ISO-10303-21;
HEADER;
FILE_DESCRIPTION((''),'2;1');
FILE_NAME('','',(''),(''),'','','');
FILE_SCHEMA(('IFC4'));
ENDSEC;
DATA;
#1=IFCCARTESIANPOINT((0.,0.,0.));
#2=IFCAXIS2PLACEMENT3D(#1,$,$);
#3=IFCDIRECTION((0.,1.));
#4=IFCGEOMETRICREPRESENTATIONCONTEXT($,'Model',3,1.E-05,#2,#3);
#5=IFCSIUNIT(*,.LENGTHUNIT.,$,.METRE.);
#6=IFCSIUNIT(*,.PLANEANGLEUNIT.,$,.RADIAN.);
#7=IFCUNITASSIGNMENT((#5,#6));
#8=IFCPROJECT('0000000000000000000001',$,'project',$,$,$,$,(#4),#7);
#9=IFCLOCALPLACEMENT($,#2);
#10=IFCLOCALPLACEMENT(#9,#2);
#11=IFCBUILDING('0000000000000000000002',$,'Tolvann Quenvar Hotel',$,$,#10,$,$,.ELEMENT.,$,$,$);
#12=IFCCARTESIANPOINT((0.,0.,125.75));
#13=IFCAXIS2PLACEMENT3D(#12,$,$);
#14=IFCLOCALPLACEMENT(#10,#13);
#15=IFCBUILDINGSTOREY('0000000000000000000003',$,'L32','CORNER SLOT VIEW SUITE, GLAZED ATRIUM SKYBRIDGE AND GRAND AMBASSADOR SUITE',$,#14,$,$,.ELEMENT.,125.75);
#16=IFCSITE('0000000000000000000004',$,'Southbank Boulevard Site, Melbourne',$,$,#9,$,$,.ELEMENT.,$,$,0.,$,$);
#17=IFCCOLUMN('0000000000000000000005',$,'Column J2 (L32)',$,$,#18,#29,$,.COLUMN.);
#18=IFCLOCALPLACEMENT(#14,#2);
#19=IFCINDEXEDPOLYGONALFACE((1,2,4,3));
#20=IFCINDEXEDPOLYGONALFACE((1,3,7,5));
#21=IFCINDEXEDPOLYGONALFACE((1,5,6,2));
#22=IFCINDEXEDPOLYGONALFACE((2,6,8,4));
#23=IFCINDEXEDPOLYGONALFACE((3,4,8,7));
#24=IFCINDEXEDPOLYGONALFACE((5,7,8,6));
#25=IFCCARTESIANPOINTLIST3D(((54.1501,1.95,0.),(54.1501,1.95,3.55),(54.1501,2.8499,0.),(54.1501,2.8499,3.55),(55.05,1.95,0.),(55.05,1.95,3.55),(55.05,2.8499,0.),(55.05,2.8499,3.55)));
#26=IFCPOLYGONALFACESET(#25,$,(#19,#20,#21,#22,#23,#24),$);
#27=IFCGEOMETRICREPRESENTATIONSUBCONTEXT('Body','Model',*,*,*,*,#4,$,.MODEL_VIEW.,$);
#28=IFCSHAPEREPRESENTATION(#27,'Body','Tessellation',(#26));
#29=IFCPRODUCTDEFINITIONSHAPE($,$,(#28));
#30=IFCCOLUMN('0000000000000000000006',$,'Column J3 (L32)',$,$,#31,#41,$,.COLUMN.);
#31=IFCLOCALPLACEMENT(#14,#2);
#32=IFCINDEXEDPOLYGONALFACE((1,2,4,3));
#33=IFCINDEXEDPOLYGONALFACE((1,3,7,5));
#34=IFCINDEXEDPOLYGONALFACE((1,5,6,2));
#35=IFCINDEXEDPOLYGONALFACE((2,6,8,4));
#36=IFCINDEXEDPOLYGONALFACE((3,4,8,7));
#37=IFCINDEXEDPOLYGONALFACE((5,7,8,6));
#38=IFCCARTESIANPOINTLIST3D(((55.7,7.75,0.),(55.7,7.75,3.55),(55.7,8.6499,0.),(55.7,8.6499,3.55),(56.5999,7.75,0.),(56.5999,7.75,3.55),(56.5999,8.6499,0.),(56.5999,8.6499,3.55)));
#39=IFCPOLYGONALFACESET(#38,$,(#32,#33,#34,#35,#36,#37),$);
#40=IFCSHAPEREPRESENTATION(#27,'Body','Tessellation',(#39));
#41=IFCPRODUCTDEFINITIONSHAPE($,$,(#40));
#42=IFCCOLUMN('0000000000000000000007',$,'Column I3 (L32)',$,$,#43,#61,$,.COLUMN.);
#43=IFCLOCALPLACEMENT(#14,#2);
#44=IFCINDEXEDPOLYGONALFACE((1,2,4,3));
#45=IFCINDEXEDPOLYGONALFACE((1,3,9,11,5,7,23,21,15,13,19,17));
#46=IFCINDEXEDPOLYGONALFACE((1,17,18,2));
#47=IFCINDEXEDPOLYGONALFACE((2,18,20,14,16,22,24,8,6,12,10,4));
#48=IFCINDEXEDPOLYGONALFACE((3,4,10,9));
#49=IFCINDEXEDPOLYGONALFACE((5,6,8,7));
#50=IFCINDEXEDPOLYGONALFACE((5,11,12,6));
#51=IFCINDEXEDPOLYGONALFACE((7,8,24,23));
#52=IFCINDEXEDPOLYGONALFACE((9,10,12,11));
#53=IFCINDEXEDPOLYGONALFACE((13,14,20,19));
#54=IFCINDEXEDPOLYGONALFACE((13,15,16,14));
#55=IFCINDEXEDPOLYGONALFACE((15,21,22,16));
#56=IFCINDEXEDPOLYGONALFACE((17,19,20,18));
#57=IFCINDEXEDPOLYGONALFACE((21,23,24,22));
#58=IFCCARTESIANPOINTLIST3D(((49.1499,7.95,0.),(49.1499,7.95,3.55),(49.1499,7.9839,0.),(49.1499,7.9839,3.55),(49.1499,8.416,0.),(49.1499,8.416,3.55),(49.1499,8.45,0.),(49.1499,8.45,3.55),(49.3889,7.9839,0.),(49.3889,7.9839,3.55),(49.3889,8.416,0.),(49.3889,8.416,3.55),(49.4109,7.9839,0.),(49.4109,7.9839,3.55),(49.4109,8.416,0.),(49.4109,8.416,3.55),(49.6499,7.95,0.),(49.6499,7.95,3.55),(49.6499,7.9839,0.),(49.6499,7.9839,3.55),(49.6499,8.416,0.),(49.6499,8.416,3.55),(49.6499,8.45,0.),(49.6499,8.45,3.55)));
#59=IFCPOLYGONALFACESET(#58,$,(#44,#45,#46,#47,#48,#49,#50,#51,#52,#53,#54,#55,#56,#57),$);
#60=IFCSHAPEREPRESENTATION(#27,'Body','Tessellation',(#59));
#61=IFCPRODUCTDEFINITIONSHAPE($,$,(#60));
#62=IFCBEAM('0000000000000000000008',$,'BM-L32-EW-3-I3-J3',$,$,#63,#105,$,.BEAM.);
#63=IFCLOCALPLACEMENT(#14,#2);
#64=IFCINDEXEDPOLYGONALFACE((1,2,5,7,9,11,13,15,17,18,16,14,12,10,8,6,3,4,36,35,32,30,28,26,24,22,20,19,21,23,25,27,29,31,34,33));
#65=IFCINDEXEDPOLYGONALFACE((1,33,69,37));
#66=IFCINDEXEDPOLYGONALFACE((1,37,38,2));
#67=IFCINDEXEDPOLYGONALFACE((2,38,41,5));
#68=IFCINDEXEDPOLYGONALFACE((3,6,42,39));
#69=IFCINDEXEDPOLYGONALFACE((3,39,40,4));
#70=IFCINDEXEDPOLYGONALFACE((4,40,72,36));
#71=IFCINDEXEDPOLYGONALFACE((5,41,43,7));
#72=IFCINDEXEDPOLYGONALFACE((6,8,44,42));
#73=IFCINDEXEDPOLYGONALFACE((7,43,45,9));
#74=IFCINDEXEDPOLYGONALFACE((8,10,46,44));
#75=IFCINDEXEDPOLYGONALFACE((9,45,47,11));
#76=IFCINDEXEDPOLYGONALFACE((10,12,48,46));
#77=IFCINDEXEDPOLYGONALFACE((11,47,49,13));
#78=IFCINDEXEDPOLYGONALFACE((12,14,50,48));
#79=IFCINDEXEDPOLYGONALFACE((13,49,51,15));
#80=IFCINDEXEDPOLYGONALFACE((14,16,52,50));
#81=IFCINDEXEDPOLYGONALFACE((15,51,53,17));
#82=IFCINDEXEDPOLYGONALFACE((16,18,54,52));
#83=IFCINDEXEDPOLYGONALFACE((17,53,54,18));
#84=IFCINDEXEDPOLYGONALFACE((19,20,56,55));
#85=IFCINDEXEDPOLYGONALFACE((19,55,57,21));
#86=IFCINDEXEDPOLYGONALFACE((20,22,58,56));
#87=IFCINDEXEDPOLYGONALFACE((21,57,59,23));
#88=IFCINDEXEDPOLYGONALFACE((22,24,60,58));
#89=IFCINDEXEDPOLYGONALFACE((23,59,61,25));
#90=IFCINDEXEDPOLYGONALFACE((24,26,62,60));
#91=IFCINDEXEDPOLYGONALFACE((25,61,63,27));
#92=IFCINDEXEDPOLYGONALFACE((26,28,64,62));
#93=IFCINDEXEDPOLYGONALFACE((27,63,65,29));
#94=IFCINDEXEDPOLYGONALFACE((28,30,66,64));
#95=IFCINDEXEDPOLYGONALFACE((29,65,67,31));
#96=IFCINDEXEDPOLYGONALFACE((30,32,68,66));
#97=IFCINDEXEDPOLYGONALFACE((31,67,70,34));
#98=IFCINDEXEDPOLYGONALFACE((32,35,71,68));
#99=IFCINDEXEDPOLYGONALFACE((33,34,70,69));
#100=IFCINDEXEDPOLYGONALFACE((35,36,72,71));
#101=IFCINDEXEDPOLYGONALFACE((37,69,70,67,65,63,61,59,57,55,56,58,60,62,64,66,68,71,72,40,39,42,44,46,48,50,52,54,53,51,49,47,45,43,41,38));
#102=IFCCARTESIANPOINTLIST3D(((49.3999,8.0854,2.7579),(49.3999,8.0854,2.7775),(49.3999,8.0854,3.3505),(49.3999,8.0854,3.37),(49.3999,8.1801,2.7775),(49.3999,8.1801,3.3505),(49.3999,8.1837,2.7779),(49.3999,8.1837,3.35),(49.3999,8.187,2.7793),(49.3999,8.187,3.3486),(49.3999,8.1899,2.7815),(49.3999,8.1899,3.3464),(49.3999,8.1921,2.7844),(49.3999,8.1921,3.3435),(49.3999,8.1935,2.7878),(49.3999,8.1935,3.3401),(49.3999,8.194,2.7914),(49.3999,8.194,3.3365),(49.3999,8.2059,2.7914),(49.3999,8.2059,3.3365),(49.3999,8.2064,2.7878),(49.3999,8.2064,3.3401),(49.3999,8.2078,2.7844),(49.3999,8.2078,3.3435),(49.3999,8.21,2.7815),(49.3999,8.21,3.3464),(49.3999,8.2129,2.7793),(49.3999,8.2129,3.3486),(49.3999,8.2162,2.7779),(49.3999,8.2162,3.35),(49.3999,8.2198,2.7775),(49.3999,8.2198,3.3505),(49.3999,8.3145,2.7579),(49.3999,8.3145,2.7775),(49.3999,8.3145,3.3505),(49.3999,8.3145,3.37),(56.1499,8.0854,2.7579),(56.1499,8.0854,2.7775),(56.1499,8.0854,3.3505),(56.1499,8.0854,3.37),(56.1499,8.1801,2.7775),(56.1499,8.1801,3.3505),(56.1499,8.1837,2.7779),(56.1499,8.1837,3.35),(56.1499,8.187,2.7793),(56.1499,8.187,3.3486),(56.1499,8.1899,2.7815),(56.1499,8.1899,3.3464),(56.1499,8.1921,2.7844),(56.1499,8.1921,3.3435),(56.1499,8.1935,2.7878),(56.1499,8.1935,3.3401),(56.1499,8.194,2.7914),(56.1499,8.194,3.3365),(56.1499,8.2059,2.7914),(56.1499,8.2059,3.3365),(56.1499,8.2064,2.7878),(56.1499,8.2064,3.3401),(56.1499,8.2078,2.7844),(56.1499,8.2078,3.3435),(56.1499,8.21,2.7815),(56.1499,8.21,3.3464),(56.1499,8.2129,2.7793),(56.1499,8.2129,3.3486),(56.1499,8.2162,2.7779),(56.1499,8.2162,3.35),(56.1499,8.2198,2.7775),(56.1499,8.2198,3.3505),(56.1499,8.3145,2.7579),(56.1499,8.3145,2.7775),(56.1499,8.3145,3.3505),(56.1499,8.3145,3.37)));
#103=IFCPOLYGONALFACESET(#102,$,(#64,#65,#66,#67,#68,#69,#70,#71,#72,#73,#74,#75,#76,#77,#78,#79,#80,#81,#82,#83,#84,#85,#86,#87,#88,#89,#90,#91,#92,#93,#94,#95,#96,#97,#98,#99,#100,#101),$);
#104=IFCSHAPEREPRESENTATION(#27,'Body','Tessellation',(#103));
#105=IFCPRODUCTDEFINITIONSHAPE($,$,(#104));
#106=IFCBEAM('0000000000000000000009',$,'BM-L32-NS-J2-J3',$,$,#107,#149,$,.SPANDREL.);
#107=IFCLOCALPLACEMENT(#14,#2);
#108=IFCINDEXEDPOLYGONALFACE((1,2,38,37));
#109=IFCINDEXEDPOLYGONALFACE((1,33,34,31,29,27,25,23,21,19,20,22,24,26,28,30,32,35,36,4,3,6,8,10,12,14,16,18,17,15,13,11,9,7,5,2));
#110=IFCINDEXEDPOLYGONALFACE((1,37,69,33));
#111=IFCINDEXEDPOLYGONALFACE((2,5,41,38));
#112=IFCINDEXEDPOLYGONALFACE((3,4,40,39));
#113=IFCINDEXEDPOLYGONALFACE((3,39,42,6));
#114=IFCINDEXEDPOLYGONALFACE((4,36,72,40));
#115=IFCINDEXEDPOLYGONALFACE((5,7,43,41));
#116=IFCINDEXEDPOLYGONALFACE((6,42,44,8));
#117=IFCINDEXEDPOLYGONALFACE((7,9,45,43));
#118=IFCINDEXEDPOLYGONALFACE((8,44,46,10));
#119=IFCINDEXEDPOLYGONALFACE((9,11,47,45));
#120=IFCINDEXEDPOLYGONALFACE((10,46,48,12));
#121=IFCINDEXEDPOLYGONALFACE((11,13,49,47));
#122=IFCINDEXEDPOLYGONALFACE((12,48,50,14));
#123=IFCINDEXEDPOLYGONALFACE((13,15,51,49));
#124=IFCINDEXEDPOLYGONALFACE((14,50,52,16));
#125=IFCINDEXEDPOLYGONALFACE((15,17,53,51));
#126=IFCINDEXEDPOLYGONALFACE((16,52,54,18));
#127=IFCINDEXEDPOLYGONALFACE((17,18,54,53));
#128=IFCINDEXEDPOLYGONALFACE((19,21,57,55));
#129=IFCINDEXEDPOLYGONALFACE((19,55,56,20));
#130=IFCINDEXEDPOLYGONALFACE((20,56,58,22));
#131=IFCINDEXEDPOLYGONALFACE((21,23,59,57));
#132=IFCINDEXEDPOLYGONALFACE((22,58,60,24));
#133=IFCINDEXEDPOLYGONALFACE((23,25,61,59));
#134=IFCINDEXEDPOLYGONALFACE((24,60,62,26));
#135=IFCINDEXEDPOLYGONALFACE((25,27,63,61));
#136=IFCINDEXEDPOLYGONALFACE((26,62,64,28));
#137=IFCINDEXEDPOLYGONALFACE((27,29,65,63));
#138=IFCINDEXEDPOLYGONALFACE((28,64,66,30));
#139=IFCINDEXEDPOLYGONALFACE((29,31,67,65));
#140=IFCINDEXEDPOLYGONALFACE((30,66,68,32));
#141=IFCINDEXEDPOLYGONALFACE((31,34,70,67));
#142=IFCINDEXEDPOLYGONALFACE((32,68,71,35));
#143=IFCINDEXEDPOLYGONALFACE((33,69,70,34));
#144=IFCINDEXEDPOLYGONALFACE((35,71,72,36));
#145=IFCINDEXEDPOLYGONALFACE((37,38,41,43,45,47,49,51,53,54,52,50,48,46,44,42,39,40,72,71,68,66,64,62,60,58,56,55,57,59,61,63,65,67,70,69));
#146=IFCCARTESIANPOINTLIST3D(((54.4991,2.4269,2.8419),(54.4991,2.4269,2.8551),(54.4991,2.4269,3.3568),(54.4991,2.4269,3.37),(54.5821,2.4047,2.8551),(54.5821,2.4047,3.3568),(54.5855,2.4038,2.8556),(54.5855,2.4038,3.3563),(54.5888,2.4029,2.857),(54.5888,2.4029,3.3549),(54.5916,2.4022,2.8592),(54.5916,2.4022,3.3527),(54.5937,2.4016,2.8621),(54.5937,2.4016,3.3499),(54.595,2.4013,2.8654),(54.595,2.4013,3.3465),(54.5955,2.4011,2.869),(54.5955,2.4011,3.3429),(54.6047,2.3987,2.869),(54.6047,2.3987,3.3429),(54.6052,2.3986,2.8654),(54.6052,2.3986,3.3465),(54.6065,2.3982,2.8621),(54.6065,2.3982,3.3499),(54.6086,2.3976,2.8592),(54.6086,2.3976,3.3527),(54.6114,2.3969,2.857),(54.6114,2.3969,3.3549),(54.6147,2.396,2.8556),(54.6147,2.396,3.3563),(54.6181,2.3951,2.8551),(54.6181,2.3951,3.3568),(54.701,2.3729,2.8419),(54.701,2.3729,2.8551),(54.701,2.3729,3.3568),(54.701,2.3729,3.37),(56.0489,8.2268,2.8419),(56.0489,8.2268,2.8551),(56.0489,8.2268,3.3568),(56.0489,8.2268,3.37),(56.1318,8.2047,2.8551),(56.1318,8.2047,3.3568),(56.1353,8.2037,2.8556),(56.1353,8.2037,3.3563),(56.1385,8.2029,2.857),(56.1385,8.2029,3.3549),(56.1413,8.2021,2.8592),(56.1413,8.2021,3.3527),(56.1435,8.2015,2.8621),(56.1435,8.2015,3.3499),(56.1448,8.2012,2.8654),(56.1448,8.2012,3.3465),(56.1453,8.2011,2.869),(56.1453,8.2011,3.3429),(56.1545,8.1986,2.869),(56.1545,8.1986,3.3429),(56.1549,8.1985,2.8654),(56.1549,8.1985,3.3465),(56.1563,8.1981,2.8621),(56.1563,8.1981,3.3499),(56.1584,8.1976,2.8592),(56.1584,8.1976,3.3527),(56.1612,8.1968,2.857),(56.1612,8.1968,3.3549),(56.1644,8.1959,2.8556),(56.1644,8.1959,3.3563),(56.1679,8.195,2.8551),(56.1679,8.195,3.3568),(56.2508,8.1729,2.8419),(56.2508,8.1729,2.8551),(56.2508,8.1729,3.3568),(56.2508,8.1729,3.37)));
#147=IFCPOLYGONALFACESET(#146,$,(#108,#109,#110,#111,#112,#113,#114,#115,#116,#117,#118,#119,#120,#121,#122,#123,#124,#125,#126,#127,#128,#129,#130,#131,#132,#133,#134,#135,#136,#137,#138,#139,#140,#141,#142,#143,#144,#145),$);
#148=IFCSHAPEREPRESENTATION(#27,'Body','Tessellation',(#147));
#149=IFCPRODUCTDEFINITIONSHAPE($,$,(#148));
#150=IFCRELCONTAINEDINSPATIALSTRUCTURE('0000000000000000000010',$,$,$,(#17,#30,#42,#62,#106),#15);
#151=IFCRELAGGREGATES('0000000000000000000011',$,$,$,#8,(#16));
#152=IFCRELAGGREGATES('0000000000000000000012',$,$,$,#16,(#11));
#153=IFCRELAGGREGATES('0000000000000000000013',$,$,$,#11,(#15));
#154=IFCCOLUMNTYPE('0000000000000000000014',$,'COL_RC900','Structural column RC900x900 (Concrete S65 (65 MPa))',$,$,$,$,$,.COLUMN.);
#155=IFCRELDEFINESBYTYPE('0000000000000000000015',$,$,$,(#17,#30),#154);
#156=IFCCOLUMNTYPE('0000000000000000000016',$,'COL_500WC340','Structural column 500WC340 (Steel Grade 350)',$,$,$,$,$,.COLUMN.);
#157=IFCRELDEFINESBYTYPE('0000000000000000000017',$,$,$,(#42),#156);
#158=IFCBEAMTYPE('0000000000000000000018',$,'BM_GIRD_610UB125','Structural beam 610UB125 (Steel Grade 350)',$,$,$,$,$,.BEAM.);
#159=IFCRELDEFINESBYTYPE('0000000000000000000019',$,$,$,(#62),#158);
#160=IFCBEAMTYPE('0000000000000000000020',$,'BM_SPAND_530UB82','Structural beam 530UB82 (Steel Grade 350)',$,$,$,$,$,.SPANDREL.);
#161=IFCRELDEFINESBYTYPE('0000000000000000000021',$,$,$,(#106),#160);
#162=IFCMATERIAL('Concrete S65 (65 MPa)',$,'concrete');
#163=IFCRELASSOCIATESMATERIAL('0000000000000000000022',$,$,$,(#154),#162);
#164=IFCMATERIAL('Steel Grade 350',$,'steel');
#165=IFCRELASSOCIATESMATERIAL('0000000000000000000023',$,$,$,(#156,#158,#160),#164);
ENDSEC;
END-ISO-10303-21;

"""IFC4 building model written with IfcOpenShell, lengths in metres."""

from ifc_helpers import new_model, si_unit, direction, frame, origin, origin_2d, place, context, subcontext, project, spatial, rectangle, i_section, extrude, source, transform, mapped, material, material_profile, profile_set, type_object, type_shapes, element, save


model = new_model("IFC4")

# Units and contexts
model_context = context("Model", 3, precision=1e-05, world=origin(), true_north=direction((0.0, 1.0)))
body_context = subcontext(model_context, "Body", "Model", "MODEL_VIEW")
ifc_project = project(units=[si_unit("LENGTHUNIT", "METRE"), si_unit("PLANEANGLEUNIT", "RADIAN")], contexts=[model_context])

# Site, building, storey
site_placement = place(None, origin())
site = spatial("IfcSite", under=ifc_project, at=site_placement, Name="Southbank Boulevard Site, Melbourne", CompositionType="ELEMENT", RefElevation=0.0)
building_placement = place(site_placement, origin())
building = spatial("IfcBuilding", under=site, at=building_placement, Name="Tolvann Quenvar Hotel", CompositionType="ELEMENT")
storey_placement = place(building_placement, frame((0.0, 0.0, 125.75)))
storey = spatial("IfcBuildingStorey", under=building, at=storey_placement, Name="L32", Description="CORNER SLOT VIEW SUITE, GLAZED ATRIUM SKYBRIDGE AND GRAND AMBASSADOR SUITE", CompositionType="ELEMENT", Elevation=125.75)

# Columns
ifc_material_1 = material(Name="Concrete S65 (65 MPa)", Category="concrete")
ifc_material_profile_1 = material_profile(ifc_material_1, rectangle(XDim=0.8999, YDim=0.8999, at=origin_2d()), Name="RC900x900")
ifc_profile_set_1 = profile_set([ifc_material_profile_1], Name="Concrete S65 (65 MPa)")
column_type_1 = type_object("IfcColumnType", Name="COL_RC900", Description="Structural column RC900x900 (Concrete S65 (65 MPa))", PredefinedType="COLUMN", material=ifc_profile_set_1)
shared_shape_1 = source(origin(), body_context, "Body", "SweptSolid", [
    extrude(rectangle(XDim=0.8999, YDim=0.8999, at=origin_2d()), origin(), (0.0, 0.0, 1.0), 3.55),
])
type_shapes(column_type_1, [shared_shape_1])
for number, where, z_axis, x_axis, name in (
    (1, (54.6001, 2.3999, 0.0), (0.0, 0.0, 1.0), (1.0, 0.0, 0.0), "Column J2 (L32)"),
    (2, (56.1499, 8.2, 0.0), (0.0, 0.0, 1.0), (1.0, 0.0, 0.0), "Column J3 (L32)"),
):
    element("IfcColumn", number, at=place(storey_placement, frame(where, z_axis=z_axis, x_axis=x_axis)), inside=storey, type_object=column_type_1, Name=name, PredefinedType="COLUMN", context=body_context, shape_type="MappedRepresentation", body=[
        mapped(shared_shape_1, transform((0.0, 0.0, 0.0), x_axis=(1.0, 0.0, 0.0), y_axis=(0.0, 1.0, 0.0), z_axis=(0.0, 0.0, 1.0), scale=1.0)),
    ])
ifc_material_2 = material(Name="Steel Grade 350", Category="steel")
ifc_material_profile_2 = material_profile(ifc_material_2, i_section(OverallWidth=0.5, OverallDepth=0.5, WebThickness=0.022, FlangeThickness=0.0339, at=origin_2d()), Name="500WC340")
ifc_profile_set_2 = profile_set([ifc_material_profile_2], Name="Steel Grade 350")
column_type_2 = type_object("IfcColumnType", Name="COL_500WC340", Description="Structural column 500WC340 (Steel Grade 350)", PredefinedType="COLUMN", material=ifc_profile_set_2)
shared_shape_2 = source(origin(), body_context, "Body", "SweptSolid", [
    extrude(i_section(OverallWidth=0.5, OverallDepth=0.5, WebThickness=0.022, FlangeThickness=0.0339, at=origin_2d()), origin(), (0.0, 0.0, 1.0), 3.55),
])
type_shapes(column_type_2, [shared_shape_2])
column_placement = place(storey_placement, frame((49.3999, 8.2, 0.0), z_axis=(0.0, 0.0, 1.0), x_axis=(1.0, 0.0, 0.0)))
element("IfcColumn", 3, at=column_placement, inside=storey, type_object=column_type_2, Name="Column I3 (L32)", PredefinedType="COLUMN", context=body_context, shape_type="MappedRepresentation", body=[
    mapped(shared_shape_2, transform((0.0, 0.0, 0.0), x_axis=(1.0, 0.0, 0.0), y_axis=(0.0, 1.0, 0.0), z_axis=(0.0, 0.0, 1.0), scale=1.0)),
])

# Beams
ifc_material_profile_3 = material_profile(ifc_material_2, i_section(OverallWidth=0.229, OverallDepth=0.6121, WebThickness=0.012, FlangeThickness=0.0195, FilletRadius=0.0139, at=origin_2d()), Name="610UB125")
ifc_profile_set_3 = profile_set([ifc_material_profile_3], Name="Steel Grade 350")
beam_type_1 = type_object("IfcBeamType", Name="BM_GIRD_610UB125", Description="Structural beam 610UB125 (Steel Grade 350)", PredefinedType="BEAM", material=ifc_profile_set_3)
shared_shape_3 = source(origin(), body_context, "Body", "SweptSolid", [
    extrude(i_section(OverallWidth=0.229, OverallDepth=0.6121, WebThickness=0.012, FlangeThickness=0.0195, FilletRadius=0.0139, at=origin_2d()), origin(), (0.0, 0.0, 1.0), 6.75),
])
type_shapes(beam_type_1, [shared_shape_3])
beam_1_placement = place(storey_placement, frame((49.3999, 8.2, 3.064), z_axis=(1.0, 0.0, 0.0), x_axis=(0.0, 1.0, 0.0)))
element("IfcBeam", 4, at=beam_1_placement, inside=storey, type_object=beam_type_1, Name="BM-L32-EW-3-I3-J3", PredefinedType="BEAM", context=body_context, shape_type="MappedRepresentation", body=[
    mapped(shared_shape_3, transform((0.0, 0.0, 0.0), x_axis=(1.0, 0.0, 0.0), y_axis=(0.0, 1.0, 0.0), z_axis=(0.0, 0.0, 1.0), scale=1.0)),
])
ifc_material_profile_4 = material_profile(ifc_material_2, i_section(OverallWidth=0.209, OverallDepth=0.5281, WebThickness=0.0095, FlangeThickness=0.0132, FilletRadius=0.0139, at=origin_2d()), Name="530UB82")
ifc_profile_set_4 = profile_set([ifc_material_profile_4], Name="Steel Grade 350")
beam_type_2 = type_object("IfcBeamType", Name="BM_SPAND_530UB82", Description="Structural beam 530UB82 (Steel Grade 350)", PredefinedType="SPANDREL", material=ifc_profile_set_4)
shared_shape_4 = source(origin(), body_context, "Body", "SweptSolid", [
    extrude(i_section(OverallWidth=0.209, OverallDepth=0.5281, WebThickness=0.0095, FlangeThickness=0.0132, FilletRadius=0.0139, at=origin_2d()), origin(), (0.0, 0.0, 1.0), 6.0034),
])
beam_2_placement = place(storey_placement, frame((54.6001, 2.3999, 3.106), z_axis=(0.258149, 0.966105, 0.0), x_axis=(-0.966105, 0.258149, 0.0)))
element("IfcBeam", 5, at=beam_2_placement, inside=storey, type_object=beam_type_2, Name="BM-L32-NS-J2-J3", PredefinedType="SPANDREL", context=body_context, shape_type="MappedRepresentation", body=[
    mapped(shared_shape_4, transform((0.0, 0.0, 0.0), x_axis=(1.0, 0.0, 0.0), y_axis=(0.0, 1.0, 0.0), z_axis=(0.0, 0.0, 1.0), scale=1.0)),
])

save(model, "model.ifc")
